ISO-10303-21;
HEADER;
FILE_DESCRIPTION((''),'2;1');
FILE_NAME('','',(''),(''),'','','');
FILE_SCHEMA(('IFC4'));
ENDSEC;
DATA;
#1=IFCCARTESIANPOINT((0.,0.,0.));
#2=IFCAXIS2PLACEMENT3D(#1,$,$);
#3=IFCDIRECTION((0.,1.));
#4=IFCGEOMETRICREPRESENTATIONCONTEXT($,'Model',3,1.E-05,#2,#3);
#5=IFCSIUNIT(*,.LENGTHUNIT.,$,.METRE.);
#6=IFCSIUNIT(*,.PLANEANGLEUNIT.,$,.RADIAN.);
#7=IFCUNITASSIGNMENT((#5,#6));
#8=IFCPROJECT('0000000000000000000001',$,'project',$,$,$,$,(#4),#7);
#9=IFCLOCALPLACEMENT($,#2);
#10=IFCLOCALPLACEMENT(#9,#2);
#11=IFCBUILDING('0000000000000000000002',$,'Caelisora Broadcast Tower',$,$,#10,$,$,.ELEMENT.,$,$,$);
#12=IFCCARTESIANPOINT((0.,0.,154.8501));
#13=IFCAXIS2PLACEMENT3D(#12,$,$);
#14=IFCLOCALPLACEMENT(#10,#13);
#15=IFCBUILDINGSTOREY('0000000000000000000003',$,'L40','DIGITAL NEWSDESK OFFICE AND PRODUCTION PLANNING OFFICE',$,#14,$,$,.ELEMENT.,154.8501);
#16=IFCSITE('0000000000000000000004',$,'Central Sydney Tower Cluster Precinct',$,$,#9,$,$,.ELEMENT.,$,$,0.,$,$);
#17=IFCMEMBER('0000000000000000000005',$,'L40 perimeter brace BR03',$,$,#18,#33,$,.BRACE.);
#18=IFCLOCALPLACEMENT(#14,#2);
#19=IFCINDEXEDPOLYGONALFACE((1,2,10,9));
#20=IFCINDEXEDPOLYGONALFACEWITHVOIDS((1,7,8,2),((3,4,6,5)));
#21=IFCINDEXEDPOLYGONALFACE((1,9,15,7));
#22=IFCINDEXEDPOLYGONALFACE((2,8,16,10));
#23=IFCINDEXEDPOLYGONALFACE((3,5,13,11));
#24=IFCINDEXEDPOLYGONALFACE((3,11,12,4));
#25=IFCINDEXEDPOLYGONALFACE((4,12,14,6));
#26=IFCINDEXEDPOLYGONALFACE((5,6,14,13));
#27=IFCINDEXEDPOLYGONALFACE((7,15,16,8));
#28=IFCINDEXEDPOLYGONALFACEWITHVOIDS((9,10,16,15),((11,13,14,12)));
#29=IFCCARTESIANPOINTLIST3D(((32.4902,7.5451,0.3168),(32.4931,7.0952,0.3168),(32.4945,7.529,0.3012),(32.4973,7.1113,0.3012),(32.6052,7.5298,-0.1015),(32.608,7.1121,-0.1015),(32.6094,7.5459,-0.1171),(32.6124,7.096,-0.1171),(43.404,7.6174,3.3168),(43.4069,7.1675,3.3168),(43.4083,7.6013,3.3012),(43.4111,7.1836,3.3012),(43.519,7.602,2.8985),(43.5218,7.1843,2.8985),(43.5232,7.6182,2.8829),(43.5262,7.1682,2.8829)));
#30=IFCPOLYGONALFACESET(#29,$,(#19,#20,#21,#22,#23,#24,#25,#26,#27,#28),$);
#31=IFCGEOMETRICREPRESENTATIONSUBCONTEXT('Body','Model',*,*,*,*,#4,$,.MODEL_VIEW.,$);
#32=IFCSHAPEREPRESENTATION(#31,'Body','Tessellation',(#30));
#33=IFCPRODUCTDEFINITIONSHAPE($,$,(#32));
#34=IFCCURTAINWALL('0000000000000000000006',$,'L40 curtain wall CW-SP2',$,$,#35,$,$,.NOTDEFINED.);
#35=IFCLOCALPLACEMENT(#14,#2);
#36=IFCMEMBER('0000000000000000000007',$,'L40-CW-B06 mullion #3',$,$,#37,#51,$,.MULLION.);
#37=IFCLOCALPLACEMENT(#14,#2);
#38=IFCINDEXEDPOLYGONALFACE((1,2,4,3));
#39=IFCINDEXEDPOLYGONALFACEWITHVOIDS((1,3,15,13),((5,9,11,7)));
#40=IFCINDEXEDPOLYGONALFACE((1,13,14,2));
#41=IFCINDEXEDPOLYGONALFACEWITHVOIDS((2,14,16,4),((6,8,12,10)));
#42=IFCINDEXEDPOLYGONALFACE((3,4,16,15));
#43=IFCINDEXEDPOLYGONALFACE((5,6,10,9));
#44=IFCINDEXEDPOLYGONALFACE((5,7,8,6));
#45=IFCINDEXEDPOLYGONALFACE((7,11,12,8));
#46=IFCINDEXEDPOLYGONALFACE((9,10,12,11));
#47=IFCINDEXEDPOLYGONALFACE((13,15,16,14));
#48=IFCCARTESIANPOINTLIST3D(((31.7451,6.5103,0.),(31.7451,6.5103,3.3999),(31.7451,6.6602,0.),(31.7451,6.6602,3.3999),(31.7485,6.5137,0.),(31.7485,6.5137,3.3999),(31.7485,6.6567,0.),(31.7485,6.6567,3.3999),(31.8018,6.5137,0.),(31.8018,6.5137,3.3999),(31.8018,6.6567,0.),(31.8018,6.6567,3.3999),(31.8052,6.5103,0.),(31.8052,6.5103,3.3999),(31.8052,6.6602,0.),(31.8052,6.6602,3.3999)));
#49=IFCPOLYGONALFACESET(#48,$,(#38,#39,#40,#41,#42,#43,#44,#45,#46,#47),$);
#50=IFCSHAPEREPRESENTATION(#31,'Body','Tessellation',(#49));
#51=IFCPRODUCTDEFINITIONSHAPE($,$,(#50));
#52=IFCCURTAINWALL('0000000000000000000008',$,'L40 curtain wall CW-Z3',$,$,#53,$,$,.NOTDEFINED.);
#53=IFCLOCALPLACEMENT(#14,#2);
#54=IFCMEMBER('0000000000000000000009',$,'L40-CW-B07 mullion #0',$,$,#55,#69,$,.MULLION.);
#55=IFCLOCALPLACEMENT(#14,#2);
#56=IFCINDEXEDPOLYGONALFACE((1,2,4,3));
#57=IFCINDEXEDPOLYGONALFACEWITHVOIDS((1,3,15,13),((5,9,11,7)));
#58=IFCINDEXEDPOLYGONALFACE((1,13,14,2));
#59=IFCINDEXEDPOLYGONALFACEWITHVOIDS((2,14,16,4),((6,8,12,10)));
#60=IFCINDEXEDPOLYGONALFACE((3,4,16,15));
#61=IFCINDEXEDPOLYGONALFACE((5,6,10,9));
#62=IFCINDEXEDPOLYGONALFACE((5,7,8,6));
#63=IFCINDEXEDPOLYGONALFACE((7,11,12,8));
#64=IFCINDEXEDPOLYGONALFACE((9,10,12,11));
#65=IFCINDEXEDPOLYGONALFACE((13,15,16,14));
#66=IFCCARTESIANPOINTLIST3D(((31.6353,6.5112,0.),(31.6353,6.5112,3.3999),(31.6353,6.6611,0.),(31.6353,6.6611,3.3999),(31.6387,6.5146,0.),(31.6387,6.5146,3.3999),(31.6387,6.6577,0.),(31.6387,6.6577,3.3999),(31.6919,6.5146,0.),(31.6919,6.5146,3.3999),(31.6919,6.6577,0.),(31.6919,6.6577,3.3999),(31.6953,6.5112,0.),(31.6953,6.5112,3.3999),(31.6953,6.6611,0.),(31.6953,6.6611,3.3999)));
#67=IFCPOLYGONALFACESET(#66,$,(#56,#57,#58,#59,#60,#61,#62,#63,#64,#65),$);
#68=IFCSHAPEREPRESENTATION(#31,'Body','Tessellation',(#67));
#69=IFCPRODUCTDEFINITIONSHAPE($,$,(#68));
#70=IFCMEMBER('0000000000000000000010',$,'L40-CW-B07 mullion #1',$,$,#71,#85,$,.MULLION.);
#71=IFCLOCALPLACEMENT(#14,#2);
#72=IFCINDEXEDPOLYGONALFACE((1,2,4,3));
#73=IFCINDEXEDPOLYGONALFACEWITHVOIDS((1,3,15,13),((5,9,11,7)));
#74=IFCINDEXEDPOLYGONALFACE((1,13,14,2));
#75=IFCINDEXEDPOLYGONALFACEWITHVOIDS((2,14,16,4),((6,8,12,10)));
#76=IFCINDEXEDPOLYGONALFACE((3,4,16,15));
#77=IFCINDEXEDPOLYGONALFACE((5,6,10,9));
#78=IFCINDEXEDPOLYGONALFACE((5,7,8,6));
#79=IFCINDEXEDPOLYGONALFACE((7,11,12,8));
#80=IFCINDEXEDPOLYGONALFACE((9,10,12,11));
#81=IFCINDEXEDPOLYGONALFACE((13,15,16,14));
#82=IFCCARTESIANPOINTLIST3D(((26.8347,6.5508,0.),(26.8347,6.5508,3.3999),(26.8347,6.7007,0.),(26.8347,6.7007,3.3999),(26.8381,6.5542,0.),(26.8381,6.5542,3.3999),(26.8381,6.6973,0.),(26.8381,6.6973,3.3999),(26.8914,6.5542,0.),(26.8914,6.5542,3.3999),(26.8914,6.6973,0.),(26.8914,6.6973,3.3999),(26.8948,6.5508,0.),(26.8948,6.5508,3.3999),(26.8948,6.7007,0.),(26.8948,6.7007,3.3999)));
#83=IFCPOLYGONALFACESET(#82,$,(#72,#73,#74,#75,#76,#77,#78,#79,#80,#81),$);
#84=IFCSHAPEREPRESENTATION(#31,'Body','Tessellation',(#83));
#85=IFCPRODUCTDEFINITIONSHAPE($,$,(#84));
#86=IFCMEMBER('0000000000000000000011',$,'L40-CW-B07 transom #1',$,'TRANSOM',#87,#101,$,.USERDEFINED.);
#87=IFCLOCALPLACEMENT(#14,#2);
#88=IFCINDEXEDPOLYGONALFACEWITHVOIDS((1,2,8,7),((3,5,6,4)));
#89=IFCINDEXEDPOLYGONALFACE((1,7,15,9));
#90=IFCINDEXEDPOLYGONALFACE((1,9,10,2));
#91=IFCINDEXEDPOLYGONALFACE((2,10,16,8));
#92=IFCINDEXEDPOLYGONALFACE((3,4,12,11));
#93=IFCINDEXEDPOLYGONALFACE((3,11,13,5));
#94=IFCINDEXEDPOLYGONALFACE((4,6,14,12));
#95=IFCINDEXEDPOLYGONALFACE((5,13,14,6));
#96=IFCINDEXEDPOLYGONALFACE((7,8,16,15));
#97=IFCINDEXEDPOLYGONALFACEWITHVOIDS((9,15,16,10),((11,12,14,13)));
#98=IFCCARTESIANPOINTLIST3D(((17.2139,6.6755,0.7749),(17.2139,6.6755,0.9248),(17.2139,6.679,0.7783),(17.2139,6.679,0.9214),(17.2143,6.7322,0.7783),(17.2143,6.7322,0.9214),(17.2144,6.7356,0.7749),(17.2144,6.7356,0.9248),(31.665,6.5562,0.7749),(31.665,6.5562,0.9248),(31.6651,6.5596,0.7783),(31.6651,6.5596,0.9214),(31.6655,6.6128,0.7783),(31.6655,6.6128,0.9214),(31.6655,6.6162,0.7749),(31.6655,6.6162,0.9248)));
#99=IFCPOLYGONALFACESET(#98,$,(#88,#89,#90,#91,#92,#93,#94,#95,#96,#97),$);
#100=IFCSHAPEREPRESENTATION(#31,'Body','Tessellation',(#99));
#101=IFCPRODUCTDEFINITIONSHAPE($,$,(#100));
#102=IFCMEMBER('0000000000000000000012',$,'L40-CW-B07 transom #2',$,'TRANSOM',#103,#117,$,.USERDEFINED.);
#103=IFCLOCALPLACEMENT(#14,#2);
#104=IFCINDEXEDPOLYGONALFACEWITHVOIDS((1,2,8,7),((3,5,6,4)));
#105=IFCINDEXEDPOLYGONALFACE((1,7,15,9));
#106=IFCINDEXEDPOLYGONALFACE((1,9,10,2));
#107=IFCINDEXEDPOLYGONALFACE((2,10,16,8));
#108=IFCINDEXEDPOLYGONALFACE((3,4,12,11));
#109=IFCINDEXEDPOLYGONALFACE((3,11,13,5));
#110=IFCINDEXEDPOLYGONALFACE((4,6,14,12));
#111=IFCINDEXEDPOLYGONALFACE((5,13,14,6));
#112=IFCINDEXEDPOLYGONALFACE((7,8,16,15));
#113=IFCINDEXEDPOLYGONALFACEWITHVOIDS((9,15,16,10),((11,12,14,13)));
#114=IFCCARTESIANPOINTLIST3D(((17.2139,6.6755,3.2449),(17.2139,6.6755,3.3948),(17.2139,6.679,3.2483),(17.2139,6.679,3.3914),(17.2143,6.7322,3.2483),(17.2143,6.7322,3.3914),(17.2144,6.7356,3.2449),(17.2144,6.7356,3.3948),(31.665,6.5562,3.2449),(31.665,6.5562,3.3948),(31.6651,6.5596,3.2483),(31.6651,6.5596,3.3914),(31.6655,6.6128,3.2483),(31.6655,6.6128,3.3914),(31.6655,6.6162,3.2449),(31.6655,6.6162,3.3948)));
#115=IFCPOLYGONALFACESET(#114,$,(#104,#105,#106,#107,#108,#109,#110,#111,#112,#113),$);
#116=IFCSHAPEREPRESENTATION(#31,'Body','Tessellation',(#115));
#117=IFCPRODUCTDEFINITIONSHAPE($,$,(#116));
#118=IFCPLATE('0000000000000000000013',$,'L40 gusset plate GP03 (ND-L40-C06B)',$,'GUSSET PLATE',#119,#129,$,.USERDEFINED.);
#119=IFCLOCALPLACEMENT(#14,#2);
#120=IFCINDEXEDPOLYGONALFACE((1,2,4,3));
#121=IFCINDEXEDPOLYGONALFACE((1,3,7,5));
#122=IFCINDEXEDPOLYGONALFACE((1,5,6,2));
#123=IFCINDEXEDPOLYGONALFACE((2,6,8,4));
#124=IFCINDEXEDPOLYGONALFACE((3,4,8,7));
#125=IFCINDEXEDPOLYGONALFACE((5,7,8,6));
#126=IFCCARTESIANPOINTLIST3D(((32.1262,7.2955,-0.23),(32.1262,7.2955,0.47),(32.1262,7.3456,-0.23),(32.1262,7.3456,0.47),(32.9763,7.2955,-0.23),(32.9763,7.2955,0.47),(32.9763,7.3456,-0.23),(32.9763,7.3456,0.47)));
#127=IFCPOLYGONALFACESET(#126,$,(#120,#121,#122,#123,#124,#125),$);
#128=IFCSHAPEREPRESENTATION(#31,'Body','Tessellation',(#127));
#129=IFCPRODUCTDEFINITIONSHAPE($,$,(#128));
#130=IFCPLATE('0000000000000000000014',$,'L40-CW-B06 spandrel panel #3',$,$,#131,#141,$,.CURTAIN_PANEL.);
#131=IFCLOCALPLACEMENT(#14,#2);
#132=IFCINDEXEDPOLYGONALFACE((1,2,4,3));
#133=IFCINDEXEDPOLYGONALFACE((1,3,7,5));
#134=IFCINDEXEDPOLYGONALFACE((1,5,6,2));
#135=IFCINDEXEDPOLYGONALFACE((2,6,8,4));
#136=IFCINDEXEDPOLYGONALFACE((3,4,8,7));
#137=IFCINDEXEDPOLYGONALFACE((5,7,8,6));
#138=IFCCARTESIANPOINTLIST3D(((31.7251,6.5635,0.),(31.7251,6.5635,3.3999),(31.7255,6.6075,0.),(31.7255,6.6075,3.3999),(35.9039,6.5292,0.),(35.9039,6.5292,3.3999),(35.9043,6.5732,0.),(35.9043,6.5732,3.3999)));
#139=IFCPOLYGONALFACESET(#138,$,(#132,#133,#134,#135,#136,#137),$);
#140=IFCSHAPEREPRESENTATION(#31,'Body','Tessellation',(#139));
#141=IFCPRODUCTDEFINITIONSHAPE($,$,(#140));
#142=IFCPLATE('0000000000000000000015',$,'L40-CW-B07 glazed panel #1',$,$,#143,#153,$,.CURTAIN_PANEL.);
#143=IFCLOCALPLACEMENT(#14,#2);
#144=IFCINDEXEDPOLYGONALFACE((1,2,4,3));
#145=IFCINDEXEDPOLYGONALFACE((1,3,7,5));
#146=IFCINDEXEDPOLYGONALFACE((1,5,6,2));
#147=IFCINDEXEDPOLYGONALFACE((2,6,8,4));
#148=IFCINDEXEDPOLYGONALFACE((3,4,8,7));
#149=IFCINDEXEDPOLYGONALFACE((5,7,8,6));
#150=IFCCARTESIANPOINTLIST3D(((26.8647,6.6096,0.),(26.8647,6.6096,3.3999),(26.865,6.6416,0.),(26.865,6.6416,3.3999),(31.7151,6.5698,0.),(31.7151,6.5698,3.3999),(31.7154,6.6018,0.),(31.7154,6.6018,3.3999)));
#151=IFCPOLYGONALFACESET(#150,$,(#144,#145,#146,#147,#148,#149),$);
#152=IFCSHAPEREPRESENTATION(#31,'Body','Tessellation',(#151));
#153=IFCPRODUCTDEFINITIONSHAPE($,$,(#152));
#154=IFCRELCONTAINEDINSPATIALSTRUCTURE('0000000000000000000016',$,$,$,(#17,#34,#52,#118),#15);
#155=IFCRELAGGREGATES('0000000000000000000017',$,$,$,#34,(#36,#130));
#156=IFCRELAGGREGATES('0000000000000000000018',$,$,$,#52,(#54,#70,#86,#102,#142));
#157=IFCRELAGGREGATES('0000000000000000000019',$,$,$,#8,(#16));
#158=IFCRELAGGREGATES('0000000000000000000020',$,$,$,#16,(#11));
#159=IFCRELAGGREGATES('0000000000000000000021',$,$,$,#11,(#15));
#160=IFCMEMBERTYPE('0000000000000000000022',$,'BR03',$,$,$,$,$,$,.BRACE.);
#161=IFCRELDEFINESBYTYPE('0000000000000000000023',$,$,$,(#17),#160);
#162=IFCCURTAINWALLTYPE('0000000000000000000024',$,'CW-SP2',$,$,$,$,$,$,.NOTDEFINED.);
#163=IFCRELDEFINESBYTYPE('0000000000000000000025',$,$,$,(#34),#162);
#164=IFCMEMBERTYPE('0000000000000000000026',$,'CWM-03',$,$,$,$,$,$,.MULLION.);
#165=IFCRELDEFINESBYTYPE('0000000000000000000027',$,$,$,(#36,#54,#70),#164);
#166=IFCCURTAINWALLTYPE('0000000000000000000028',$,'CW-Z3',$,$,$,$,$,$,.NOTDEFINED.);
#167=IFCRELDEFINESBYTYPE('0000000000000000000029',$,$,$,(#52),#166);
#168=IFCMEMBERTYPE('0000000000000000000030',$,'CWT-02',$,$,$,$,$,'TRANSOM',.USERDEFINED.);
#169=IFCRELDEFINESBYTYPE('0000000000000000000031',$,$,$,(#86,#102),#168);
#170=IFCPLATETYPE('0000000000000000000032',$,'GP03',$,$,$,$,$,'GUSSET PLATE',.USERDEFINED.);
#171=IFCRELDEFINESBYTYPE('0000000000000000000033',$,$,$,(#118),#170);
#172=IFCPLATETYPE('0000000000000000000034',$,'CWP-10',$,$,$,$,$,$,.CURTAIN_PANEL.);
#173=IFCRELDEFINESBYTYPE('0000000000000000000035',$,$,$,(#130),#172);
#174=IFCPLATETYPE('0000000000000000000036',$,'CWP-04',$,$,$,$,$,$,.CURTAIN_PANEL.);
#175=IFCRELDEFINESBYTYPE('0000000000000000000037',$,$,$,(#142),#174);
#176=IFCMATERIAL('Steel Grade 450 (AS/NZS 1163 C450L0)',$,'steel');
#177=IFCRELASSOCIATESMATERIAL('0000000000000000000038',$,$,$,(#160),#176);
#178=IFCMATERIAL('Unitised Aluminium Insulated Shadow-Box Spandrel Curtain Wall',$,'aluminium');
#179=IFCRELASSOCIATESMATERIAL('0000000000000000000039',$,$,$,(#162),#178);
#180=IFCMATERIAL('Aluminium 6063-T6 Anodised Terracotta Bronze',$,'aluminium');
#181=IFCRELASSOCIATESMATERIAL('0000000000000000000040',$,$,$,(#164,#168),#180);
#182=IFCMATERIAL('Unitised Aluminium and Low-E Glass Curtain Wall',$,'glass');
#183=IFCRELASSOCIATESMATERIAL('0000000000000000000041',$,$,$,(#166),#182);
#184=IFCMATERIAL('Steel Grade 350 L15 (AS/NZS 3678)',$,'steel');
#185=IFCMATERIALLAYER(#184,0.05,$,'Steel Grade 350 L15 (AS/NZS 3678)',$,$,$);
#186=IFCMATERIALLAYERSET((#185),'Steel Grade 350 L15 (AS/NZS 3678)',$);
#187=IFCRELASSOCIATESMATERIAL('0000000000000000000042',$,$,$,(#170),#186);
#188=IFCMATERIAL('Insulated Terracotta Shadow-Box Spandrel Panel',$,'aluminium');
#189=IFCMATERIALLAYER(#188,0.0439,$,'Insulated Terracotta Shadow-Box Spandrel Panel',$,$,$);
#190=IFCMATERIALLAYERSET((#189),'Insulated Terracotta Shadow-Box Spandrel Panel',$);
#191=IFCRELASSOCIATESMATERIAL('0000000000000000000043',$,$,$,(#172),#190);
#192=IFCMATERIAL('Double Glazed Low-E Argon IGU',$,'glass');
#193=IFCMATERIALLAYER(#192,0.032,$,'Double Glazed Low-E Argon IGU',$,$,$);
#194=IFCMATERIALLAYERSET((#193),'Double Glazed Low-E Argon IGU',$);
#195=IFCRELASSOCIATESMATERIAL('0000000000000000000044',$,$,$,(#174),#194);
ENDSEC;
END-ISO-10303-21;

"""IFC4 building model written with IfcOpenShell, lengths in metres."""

from ifc_helpers import new_model, si_unit, direction, frame, origin, origin_2d, place, context, subcontext, project, spatial, rectangle, hollow_rectangle, extrude, source, transform, mapped, material, layer, layer_set, material_profile, profile_set, type_object, type_shapes, element, aggregate, save


model = new_model("IFC4")

# Units and contexts
model_context = context("Model", 3, precision=1e-05, world=origin(), true_north=direction((0.0, 1.0)))
body_context = subcontext(model_context, "Body", "Model", "MODEL_VIEW")
ifc_project = project(units=[si_unit("LENGTHUNIT", "METRE"), si_unit("PLANEANGLEUNIT", "RADIAN")], contexts=[model_context])

# Site, building, storey
site_placement = place(None, origin())
site = spatial("IfcSite", under=ifc_project, at=site_placement, Name="Central Sydney Tower Cluster Precinct", CompositionType="ELEMENT", RefElevation=0.0)
building_placement = place(site_placement, origin())
building = spatial("IfcBuilding", under=site, at=building_placement, Name="Caelisora Broadcast Tower", CompositionType="ELEMENT")
storey_placement = place(building_placement, frame((0.0, 0.0, 154.8501)))
storey = spatial("IfcBuildingStorey", under=building, at=storey_placement, Name="L40", Description="DIGITAL NEWSDESK OFFICE AND PRODUCTION PLANNING OFFICE", CompositionType="ELEMENT", Elevation=154.8501)

# Shared definitions
ifc_material_1 = material(Name="Steel Grade 350 L15 (AS/NZS 3678)", Category="steel")

# Member
ifc_material_2 = material(Name="Steel Grade 450 (AS/NZS 1163 C450L0)", Category="steel")
ifc_material_profile_1 = material_profile(ifc_material_2, hollow_rectangle(XDim=0.45, YDim=0.45, WallThickness=0.0161, at=origin_2d()), Name="Steel Grade 450 (AS/NZS 1163 C450L0)")
ifc_profile_set_1 = profile_set([ifc_material_profile_1], Name="Steel Grade 450 (AS/NZS 1163 C450L0)")
member_type_1 = type_object("IfcMemberType", Name="BR03", PredefinedType="BRACE", material=ifc_profile_set_1)
shared_shape_1 = source(origin(), body_context, "Body", "SweptSolid", [
    extrude(hollow_rectangle(XDim=0.45, YDim=0.45, WallThickness=0.0161, at=origin_2d()), origin(), (0.0, 0.0, 1.0), 11.3188),
])
type_shapes(member_type_1, [shared_shape_1])
member_1_placement = place(storey_placement, frame((32.5513, 7.3206, 0.0999), z_axis=(0.964215, 0.006385, 0.265044), x_axis=(-0.006621, 0.999978, 0.0)))
element("IfcMember", 1, at=member_1_placement, inside=storey, type_object=member_type_1, Name="L40 perimeter brace BR03", PredefinedType="BRACE", context=body_context, shape_type="MappedRepresentation", body=[
    mapped(shared_shape_1, transform((0.0, 0.0, 0.0), scale=1.0)),
])

# Curtain wall, member
ifc_material_3 = material(Name="Unitised Aluminium Insulated Shadow-Box Spandrel Curtain Wall", Category="aluminium")
curtain_wall_type_1 = type_object("IfcCurtainWallType", Name="CW-SP2", PredefinedType="NOTDEFINED", material=ifc_material_3)
curtain_wall_1_placement = place(storey_placement, origin())
curtain_wall_1 = element("IfcCurtainWall", 2, at=curtain_wall_1_placement, inside=storey, type_object=curtain_wall_type_1, Name="L40 curtain wall CW-SP2", PredefinedType="NOTDEFINED")
ifc_material_4 = material(Name="Aluminium 6063-T6 Anodised Terracotta Bronze", Category="aluminium")
ifc_material_profile_2 = material_profile(ifc_material_4, hollow_rectangle(XDim=0.0601, YDim=0.1499, WallThickness=0.0034, at=origin_2d()), Name="Aluminium 6063-T6 Anodised Terracotta Bronze")
ifc_profile_set_2 = profile_set([ifc_material_profile_2], Name="Aluminium 6063-T6 Anodised Terracotta Bronze")
member_type_2 = type_object("IfcMemberType", Name="CWM-03", PredefinedType="MULLION", material=ifc_profile_set_2)
shared_shape_2 = source(origin(), body_context, "Body", "SweptSolid", [
    extrude(hollow_rectangle(XDim=0.0601, YDim=0.1499, WallThickness=0.0034, at=origin_2d()), origin(), (0.0, 0.0, 1.0), 3.3999),
])
type_shapes(member_type_2, [shared_shape_2])
member_2_placement = place(storey_placement, frame((31.7751, 6.5852, 0.0), z_axis=(0.0, 0.0, 1.0), x_axis=(1.0, 0.0, 0.0)))
member_2 = element("IfcMember", 3, at=member_2_placement, type_object=member_type_2, Name="L40-CW-B06 mullion #3", PredefinedType="MULLION", context=body_context, shape_type="MappedRepresentation", body=[
    mapped(shared_shape_2, transform((0.0, 0.0, 0.0), scale=1.0)),
])

# Curtain wall, members
ifc_material_5 = material(Name="Unitised Aluminium and Low-E Glass Curtain Wall", Category="glass")
curtain_wall_type_2 = type_object("IfcCurtainWallType", Name="CW-Z3", PredefinedType="NOTDEFINED", material=ifc_material_5)
curtain_wall_2_placement = place(storey_placement, origin())
curtain_wall_2 = element("IfcCurtainWall", 4, at=curtain_wall_2_placement, inside=storey, type_object=curtain_wall_type_2, Name="L40 curtain wall CW-Z3", PredefinedType="NOTDEFINED")
member_3_placement = place(storey_placement, frame((31.6653, 6.5862, 0.0), z_axis=(0.0, 0.0, 1.0), x_axis=(1.0, 0.0, 0.0)))
member_3 = element("IfcMember", 5, at=member_3_placement, type_object=member_type_2, Name="L40-CW-B07 mullion #0", PredefinedType="MULLION", context=body_context, shape_type="MappedRepresentation", body=[
    mapped(shared_shape_2, transform((0.0, 0.0, 0.0), scale=1.0)),
])
member_4_placement = place(storey_placement, frame((26.8647, 6.6257, 0.0), z_axis=(0.0, 0.0, 1.0), x_axis=(1.0, 0.0, 0.0)))
member_4 = element("IfcMember", 6, at=member_4_placement, type_object=member_type_2, Name="L40-CW-B07 mullion #1", PredefinedType="MULLION", context=body_context, shape_type="MappedRepresentation", body=[
    mapped(shared_shape_2, transform((0.0, 0.0, 0.0), scale=1.0)),
])
ifc_material_profile_3 = material_profile(ifc_material_4, hollow_rectangle(XDim=0.0601, YDim=0.1499, WallThickness=0.0034, at=origin_2d()), Name="Aluminium 6063-T6 Anodised Terracotta Bronze")
ifc_profile_set_3 = profile_set([ifc_material_profile_3], Name="Aluminium 6063-T6 Anodised Terracotta Bronze")
member_type_3 = type_object("IfcMemberType", Name="CWT-02", ElementType="TRANSOM", PredefinedType="USERDEFINED", material=ifc_profile_set_3)
shared_shape_3 = source(origin(), body_context, "Body", "SweptSolid", [
    extrude(hollow_rectangle(XDim=0.0601, YDim=0.1499, WallThickness=0.0034, at=origin_2d()), origin(), (0.0, 0.0, 1.0), 14.4517),
])
type_shapes(member_type_3, [shared_shape_3])
member_5_placement = place(storey_placement, frame((31.6653, 6.5862, 0.8499), z_axis=(-0.999966, 0.008261, 0.0), x_axis=(-0.008261, -0.999966, 0.0)))
member_5 = element("IfcMember", 7, at=member_5_placement, type_object=member_type_3, Name="L40-CW-B07 transom #1", ObjectType="TRANSOM", PredefinedType="USERDEFINED", context=body_context, shape_type="MappedRepresentation", body=[
    mapped(shared_shape_3, transform((0.0, 0.0, 0.0), scale=1.0)),
])
member_6_placement = place(storey_placement, frame((31.6653, 6.5862, 3.3198), z_axis=(-0.999966, 0.008261, 0.0), x_axis=(-0.008261, -0.999966, 0.0)))
member_6 = element("IfcMember", 8, at=member_6_placement, type_object=member_type_3, Name="L40-CW-B07 transom #2", ObjectType="TRANSOM", PredefinedType="USERDEFINED", context=body_context, shape_type="MappedRepresentation", body=[
    mapped(shared_shape_3, transform((0.0, 0.0, 0.0), scale=1.0)),
])

# Plates
ifc_layer_1 = layer(ifc_material_1, 0.05, Name="Steel Grade 350 L15 (AS/NZS 3678)")
ifc_layer_set_1 = layer_set([ifc_layer_1], Name="Steel Grade 350 L15 (AS/NZS 3678)")
plate_type_1 = type_object("IfcPlateType", Name="GP03", ElementType="GUSSET PLATE", PredefinedType="USERDEFINED", material=ifc_layer_set_1)
shared_shape_4 = source(origin(), body_context, "Body", "SweptSolid", [
    extrude(rectangle(XDim=0.8501, YDim=0.05, at=origin_2d()), origin(), (0.0, 0.0, 1.0), 0.7),
])
type_shapes(plate_type_1, [shared_shape_4])
plate_1_placement = place(storey_placement, frame((32.5513, 7.3206, -0.23), z_axis=(0.0, 0.0, 1.0), x_axis=(1.0, 0.0, 0.0)))
element("IfcPlate", 9, at=plate_1_placement, inside=storey, type_object=plate_type_1, Name="L40 gusset plate GP03 (ND-L40-C06B)", ObjectType="GUSSET PLATE", PredefinedType="USERDEFINED", context=body_context, shape_type="MappedRepresentation", body=[
    mapped(shared_shape_4, transform((0.0, 0.0, 0.0), scale=1.0)),
])
ifc_material_6 = material(Name="Insulated Terracotta Shadow-Box Spandrel Panel", Category="aluminium")
ifc_layer_2 = layer(ifc_material_6, 0.0439, Name="Insulated Terracotta Shadow-Box Spandrel Panel")
ifc_layer_set_2 = layer_set([ifc_layer_2], Name="Insulated Terracotta Shadow-Box Spandrel Panel")
plate_type_2 = type_object("IfcPlateType", Name="CWP-10", PredefinedType="CURTAIN_PANEL", material=ifc_layer_set_2)
shared_shape_5 = source(origin(), body_context, "Body", "SweptSolid", [
    extrude(rectangle(XDim=4.179, YDim=0.0439, at=origin_2d()), origin(), (0.0, 0.0, 1.0), 3.3999),
])
type_shapes(plate_type_2, [shared_shape_5])
plate_2_placement = place(storey_placement, frame((33.8147, 6.5684, 0.0), z_axis=(0.0, 0.0, 1.0), x_axis=(-0.999966, 0.008203, 0.0)))
plate_2 = element("IfcPlate", 10, at=plate_2_placement, type_object=plate_type_2, Name="L40-CW-B06 spandrel panel #3", PredefinedType="CURTAIN_PANEL", context=body_context, shape_type="MappedRepresentation", body=[
    mapped(shared_shape_5, transform((0.0, 0.0, 0.0), scale=1.0)),
])
aggregate(curtain_wall_1, [member_2, plate_2])
ifc_material_7 = material(Name="Double Glazed Low-E Argon IGU", Category="glass")
ifc_layer_3 = layer(ifc_material_7, 0.032, Name="Double Glazed Low-E Argon IGU")
ifc_layer_set_3 = layer_set([ifc_layer_3], Name="Double Glazed Low-E Argon IGU")
plate_type_3 = type_object("IfcPlateType", Name="CWP-04", PredefinedType="CURTAIN_PANEL", material=ifc_layer_set_3)
shared_shape_6 = source(origin(), body_context, "Body", "SweptSolid", [
    extrude(rectangle(XDim=4.8506, YDim=0.032, at=origin_2d()), origin(), (0.0, 0.0, 1.0), 3.3999),
])
type_shapes(plate_type_3, [shared_shape_6])
plate_3_placement = place(storey_placement, frame((29.29, 6.6057, 0.0), z_axis=(0.0, 0.0, 1.0), x_axis=(-0.999966, 0.008203, 0.0)))
plate_3 = element("IfcPlate", 11, at=plate_3_placement, type_object=plate_type_3, Name="L40-CW-B07 glazed panel #1", PredefinedType="CURTAIN_PANEL", context=body_context, shape_type="MappedRepresentation", body=[
    mapped(shared_shape_6, transform((0.0, 0.0, 0.0), scale=1.0)),
])
aggregate(curtain_wall_2, [member_3, member_4, member_5, member_6, plate_3])

save(model, "model.ifc")
